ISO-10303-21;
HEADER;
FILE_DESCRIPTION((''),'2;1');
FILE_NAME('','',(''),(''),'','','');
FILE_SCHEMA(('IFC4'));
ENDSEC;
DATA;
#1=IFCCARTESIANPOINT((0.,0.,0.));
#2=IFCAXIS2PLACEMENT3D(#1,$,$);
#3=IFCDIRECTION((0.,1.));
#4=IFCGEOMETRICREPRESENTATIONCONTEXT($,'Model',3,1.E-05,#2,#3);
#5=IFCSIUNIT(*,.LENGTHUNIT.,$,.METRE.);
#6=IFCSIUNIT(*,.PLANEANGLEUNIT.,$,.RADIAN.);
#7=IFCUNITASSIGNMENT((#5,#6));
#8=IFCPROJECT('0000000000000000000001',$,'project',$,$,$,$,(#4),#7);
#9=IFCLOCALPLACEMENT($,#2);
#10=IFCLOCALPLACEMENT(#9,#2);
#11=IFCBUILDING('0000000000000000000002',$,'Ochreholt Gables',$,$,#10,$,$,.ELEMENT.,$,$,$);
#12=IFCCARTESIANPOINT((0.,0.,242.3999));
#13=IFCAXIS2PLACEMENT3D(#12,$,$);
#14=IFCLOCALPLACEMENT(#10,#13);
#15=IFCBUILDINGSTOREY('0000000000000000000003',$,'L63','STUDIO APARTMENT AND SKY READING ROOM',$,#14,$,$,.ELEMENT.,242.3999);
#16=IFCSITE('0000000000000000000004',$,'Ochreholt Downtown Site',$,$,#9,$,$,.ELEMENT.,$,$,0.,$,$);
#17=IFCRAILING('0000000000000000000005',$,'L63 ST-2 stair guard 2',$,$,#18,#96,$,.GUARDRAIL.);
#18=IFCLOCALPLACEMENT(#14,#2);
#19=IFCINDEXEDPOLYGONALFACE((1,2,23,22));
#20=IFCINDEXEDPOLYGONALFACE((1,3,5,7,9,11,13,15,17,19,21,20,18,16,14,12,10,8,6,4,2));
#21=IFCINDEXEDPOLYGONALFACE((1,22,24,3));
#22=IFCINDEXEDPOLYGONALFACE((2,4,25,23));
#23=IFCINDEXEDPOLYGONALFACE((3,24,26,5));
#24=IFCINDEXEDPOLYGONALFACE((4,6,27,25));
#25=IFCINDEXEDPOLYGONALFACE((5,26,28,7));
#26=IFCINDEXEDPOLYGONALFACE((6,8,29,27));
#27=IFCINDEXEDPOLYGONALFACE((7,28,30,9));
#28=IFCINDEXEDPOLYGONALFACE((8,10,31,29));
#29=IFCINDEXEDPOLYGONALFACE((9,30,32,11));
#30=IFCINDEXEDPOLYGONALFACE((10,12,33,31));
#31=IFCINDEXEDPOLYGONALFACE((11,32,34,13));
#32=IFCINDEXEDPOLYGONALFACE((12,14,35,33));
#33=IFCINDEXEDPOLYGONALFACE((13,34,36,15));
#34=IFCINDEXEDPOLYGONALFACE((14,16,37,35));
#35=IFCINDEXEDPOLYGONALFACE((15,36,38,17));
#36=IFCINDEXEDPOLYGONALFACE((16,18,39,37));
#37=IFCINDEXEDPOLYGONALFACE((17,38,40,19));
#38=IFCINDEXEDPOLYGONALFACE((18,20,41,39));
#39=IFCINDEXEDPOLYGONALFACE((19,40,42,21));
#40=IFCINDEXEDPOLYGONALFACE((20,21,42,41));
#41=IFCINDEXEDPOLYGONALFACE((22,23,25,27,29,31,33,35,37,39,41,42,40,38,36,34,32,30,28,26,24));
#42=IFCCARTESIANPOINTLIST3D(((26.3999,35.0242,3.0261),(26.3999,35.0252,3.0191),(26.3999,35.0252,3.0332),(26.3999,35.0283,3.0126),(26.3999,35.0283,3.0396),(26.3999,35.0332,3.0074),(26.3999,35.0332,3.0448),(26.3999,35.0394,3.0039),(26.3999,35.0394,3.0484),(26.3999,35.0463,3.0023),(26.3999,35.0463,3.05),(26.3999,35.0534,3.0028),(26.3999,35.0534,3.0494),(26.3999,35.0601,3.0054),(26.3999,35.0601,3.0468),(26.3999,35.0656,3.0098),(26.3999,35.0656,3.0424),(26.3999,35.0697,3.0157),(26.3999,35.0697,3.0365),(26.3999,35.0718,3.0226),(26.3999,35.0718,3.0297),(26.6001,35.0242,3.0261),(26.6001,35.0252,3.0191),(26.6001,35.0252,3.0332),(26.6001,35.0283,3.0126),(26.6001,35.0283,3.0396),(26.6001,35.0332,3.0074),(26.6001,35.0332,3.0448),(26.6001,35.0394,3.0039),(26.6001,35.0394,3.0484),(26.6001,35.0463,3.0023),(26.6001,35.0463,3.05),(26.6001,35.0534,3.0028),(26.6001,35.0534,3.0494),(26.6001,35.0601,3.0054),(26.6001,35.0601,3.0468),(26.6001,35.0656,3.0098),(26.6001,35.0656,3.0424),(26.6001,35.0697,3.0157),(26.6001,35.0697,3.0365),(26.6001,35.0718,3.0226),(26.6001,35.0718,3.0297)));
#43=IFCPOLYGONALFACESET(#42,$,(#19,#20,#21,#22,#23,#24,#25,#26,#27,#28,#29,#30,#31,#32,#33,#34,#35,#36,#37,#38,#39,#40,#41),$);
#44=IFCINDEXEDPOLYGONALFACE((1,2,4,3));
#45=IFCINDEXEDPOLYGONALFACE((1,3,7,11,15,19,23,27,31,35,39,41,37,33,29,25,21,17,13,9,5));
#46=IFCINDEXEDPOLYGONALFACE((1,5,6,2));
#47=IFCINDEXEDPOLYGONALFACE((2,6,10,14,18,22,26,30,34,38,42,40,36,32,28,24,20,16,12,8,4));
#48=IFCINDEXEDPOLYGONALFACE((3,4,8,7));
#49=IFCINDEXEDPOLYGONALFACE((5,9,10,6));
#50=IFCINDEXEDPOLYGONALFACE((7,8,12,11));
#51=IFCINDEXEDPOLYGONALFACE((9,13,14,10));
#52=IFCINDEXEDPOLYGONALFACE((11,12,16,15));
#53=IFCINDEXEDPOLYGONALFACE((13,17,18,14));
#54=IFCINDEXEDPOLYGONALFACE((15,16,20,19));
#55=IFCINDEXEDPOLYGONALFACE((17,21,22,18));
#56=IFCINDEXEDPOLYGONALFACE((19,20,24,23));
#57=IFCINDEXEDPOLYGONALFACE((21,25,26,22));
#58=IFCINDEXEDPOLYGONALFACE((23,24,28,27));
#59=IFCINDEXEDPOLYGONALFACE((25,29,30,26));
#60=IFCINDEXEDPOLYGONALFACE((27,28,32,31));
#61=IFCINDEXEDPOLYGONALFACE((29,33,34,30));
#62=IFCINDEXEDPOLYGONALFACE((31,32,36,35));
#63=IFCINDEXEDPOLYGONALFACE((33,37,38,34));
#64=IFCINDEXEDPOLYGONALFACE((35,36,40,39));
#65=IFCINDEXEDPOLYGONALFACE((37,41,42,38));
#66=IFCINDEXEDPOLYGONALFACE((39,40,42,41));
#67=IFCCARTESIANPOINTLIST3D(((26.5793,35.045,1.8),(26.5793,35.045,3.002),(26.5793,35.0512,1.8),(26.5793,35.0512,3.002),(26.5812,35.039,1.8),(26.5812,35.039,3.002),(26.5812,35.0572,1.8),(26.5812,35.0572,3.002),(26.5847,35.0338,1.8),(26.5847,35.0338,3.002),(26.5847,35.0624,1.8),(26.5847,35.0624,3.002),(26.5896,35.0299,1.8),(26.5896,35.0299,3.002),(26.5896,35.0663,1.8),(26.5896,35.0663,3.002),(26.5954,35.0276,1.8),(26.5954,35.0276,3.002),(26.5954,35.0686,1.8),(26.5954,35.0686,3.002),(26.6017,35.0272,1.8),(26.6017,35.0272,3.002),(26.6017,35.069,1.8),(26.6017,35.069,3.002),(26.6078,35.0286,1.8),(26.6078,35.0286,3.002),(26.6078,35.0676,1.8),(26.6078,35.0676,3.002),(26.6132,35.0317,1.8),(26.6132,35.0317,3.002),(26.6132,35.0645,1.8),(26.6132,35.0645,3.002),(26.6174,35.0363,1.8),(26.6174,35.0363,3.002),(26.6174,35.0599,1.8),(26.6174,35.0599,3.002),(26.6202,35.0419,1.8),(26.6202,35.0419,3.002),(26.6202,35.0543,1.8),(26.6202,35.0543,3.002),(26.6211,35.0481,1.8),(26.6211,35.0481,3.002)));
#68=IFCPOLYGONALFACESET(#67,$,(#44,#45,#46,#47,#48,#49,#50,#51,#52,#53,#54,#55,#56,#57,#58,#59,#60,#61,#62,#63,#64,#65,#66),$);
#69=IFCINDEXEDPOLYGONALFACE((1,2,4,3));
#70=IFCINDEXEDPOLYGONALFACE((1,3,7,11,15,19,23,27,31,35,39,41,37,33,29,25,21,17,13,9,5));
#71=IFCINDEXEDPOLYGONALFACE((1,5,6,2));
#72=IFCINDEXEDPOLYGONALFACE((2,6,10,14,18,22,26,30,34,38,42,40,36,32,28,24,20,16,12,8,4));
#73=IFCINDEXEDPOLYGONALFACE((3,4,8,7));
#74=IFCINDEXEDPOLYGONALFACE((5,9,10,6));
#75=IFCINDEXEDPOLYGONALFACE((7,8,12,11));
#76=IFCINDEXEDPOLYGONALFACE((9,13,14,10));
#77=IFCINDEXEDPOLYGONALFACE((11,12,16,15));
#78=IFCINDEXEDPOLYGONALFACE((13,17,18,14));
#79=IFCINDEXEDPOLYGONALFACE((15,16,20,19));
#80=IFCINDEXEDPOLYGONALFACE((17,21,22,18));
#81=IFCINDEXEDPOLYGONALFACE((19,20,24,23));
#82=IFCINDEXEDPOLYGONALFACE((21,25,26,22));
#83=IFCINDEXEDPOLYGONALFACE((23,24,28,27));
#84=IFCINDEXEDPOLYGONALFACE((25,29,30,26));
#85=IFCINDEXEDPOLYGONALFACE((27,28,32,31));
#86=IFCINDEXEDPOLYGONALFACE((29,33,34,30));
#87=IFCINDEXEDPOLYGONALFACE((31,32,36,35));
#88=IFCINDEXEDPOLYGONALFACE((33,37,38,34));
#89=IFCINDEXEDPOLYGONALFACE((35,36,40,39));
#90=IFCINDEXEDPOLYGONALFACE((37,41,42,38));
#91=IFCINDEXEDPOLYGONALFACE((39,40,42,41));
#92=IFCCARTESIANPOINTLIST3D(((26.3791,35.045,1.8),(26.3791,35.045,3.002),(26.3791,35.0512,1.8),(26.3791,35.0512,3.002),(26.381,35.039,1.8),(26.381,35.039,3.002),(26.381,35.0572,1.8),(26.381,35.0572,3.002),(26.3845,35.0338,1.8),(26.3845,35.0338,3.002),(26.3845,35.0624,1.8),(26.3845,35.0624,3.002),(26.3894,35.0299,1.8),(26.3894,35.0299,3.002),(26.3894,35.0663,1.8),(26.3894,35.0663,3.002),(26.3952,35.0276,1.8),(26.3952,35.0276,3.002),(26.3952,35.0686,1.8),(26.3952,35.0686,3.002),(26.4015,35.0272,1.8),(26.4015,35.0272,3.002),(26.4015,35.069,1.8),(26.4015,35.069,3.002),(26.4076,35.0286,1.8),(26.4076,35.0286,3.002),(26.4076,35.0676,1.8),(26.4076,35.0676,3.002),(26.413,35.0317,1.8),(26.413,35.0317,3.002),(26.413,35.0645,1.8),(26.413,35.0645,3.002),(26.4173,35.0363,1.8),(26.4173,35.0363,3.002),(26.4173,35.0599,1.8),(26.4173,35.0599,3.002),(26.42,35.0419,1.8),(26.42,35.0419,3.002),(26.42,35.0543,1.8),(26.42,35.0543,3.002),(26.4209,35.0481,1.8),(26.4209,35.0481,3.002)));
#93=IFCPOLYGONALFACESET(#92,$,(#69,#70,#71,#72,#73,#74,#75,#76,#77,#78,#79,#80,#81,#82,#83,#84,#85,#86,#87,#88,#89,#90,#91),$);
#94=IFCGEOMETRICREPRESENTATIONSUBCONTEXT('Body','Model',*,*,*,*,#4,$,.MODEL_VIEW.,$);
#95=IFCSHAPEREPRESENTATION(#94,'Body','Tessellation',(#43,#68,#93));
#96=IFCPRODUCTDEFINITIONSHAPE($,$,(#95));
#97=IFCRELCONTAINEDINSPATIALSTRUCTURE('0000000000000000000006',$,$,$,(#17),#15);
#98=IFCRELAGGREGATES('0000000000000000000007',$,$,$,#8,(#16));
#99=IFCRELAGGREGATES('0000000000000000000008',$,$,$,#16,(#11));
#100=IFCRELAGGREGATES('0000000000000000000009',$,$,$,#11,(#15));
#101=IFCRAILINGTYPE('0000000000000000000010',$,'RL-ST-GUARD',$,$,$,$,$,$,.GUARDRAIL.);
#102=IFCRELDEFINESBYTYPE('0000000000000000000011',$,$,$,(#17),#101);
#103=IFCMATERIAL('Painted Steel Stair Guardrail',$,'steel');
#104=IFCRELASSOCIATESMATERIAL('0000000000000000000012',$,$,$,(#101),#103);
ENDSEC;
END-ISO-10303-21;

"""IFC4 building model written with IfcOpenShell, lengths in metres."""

from ifc_helpers import new_model, si_unit, direction, frame, origin, origin_2d, place, context, subcontext, project, spatial, circle, extrude, material, type_object, element, save


model = new_model("IFC4")

# Units and contexts
model_context = context("Model", 3, precision=1e-05, world=origin(), true_north=direction((0.0, 1.0)))
body_context = subcontext(model_context, "Body", "Model", "MODEL_VIEW")
ifc_project = project(units=[si_unit("LENGTHUNIT", "METRE"), si_unit("PLANEANGLEUNIT", "RADIAN")], contexts=[model_context])

# Site, building, storey
site_placement = place(None, origin())
site = spatial("IfcSite", under=ifc_project, at=site_placement, Name="Ochreholt Downtown Site", CompositionType="ELEMENT", RefElevation=0.0)
building_placement = place(site_placement, origin())
building = spatial("IfcBuilding", under=site, at=building_placement, Name="Ochreholt Gables", CompositionType="ELEMENT")
storey_placement = place(building_placement, frame((0.0, 0.0, 242.3999)))
storey = spatial("IfcBuildingStorey", under=building, at=storey_placement, Name="L63", Description="STUDIO APARTMENT AND SKY READING ROOM", CompositionType="ELEMENT", Elevation=242.3999)

# Railing
ifc_material_1 = material(Name="Painted Steel Stair Guardrail", Category="steel")
railing_type_1 = type_object("IfcRailingType", Name="RL-ST-GUARD", PredefinedType="GUARDRAIL", material=ifc_material_1)
railing_1_placement = place(storey_placement, frame((26.6001, 35.0481, 1.8)))
element("IfcRailing", 1, at=railing_1_placement, inside=storey, type_object=railing_type_1, Name="L63 ST-2 stair guard 2", PredefinedType="GUARDRAIL", context=body_context, shape_type="SweptSolid", body=[
    extrude(circle(Radius=0.0239, at=origin_2d()), frame((0.0, 0.0, 1.2261), z_axis=(-1.0, 0.0, 0.0), x_axis=(0.0, -1.0, 0.0)), (0.0, 0.0, 1.0), 0.2002),
    extrude(circle(Radius=0.021, at=origin_2d()), origin(), (0.0, 0.0, 1.0), 1.2019),
    extrude(circle(Radius=0.021, at=origin_2d()), frame((-0.2002, 0.0, 0.0)), (0.0, 0.0, 1.0), 1.2019),
])

save(model, "model.ifc")
